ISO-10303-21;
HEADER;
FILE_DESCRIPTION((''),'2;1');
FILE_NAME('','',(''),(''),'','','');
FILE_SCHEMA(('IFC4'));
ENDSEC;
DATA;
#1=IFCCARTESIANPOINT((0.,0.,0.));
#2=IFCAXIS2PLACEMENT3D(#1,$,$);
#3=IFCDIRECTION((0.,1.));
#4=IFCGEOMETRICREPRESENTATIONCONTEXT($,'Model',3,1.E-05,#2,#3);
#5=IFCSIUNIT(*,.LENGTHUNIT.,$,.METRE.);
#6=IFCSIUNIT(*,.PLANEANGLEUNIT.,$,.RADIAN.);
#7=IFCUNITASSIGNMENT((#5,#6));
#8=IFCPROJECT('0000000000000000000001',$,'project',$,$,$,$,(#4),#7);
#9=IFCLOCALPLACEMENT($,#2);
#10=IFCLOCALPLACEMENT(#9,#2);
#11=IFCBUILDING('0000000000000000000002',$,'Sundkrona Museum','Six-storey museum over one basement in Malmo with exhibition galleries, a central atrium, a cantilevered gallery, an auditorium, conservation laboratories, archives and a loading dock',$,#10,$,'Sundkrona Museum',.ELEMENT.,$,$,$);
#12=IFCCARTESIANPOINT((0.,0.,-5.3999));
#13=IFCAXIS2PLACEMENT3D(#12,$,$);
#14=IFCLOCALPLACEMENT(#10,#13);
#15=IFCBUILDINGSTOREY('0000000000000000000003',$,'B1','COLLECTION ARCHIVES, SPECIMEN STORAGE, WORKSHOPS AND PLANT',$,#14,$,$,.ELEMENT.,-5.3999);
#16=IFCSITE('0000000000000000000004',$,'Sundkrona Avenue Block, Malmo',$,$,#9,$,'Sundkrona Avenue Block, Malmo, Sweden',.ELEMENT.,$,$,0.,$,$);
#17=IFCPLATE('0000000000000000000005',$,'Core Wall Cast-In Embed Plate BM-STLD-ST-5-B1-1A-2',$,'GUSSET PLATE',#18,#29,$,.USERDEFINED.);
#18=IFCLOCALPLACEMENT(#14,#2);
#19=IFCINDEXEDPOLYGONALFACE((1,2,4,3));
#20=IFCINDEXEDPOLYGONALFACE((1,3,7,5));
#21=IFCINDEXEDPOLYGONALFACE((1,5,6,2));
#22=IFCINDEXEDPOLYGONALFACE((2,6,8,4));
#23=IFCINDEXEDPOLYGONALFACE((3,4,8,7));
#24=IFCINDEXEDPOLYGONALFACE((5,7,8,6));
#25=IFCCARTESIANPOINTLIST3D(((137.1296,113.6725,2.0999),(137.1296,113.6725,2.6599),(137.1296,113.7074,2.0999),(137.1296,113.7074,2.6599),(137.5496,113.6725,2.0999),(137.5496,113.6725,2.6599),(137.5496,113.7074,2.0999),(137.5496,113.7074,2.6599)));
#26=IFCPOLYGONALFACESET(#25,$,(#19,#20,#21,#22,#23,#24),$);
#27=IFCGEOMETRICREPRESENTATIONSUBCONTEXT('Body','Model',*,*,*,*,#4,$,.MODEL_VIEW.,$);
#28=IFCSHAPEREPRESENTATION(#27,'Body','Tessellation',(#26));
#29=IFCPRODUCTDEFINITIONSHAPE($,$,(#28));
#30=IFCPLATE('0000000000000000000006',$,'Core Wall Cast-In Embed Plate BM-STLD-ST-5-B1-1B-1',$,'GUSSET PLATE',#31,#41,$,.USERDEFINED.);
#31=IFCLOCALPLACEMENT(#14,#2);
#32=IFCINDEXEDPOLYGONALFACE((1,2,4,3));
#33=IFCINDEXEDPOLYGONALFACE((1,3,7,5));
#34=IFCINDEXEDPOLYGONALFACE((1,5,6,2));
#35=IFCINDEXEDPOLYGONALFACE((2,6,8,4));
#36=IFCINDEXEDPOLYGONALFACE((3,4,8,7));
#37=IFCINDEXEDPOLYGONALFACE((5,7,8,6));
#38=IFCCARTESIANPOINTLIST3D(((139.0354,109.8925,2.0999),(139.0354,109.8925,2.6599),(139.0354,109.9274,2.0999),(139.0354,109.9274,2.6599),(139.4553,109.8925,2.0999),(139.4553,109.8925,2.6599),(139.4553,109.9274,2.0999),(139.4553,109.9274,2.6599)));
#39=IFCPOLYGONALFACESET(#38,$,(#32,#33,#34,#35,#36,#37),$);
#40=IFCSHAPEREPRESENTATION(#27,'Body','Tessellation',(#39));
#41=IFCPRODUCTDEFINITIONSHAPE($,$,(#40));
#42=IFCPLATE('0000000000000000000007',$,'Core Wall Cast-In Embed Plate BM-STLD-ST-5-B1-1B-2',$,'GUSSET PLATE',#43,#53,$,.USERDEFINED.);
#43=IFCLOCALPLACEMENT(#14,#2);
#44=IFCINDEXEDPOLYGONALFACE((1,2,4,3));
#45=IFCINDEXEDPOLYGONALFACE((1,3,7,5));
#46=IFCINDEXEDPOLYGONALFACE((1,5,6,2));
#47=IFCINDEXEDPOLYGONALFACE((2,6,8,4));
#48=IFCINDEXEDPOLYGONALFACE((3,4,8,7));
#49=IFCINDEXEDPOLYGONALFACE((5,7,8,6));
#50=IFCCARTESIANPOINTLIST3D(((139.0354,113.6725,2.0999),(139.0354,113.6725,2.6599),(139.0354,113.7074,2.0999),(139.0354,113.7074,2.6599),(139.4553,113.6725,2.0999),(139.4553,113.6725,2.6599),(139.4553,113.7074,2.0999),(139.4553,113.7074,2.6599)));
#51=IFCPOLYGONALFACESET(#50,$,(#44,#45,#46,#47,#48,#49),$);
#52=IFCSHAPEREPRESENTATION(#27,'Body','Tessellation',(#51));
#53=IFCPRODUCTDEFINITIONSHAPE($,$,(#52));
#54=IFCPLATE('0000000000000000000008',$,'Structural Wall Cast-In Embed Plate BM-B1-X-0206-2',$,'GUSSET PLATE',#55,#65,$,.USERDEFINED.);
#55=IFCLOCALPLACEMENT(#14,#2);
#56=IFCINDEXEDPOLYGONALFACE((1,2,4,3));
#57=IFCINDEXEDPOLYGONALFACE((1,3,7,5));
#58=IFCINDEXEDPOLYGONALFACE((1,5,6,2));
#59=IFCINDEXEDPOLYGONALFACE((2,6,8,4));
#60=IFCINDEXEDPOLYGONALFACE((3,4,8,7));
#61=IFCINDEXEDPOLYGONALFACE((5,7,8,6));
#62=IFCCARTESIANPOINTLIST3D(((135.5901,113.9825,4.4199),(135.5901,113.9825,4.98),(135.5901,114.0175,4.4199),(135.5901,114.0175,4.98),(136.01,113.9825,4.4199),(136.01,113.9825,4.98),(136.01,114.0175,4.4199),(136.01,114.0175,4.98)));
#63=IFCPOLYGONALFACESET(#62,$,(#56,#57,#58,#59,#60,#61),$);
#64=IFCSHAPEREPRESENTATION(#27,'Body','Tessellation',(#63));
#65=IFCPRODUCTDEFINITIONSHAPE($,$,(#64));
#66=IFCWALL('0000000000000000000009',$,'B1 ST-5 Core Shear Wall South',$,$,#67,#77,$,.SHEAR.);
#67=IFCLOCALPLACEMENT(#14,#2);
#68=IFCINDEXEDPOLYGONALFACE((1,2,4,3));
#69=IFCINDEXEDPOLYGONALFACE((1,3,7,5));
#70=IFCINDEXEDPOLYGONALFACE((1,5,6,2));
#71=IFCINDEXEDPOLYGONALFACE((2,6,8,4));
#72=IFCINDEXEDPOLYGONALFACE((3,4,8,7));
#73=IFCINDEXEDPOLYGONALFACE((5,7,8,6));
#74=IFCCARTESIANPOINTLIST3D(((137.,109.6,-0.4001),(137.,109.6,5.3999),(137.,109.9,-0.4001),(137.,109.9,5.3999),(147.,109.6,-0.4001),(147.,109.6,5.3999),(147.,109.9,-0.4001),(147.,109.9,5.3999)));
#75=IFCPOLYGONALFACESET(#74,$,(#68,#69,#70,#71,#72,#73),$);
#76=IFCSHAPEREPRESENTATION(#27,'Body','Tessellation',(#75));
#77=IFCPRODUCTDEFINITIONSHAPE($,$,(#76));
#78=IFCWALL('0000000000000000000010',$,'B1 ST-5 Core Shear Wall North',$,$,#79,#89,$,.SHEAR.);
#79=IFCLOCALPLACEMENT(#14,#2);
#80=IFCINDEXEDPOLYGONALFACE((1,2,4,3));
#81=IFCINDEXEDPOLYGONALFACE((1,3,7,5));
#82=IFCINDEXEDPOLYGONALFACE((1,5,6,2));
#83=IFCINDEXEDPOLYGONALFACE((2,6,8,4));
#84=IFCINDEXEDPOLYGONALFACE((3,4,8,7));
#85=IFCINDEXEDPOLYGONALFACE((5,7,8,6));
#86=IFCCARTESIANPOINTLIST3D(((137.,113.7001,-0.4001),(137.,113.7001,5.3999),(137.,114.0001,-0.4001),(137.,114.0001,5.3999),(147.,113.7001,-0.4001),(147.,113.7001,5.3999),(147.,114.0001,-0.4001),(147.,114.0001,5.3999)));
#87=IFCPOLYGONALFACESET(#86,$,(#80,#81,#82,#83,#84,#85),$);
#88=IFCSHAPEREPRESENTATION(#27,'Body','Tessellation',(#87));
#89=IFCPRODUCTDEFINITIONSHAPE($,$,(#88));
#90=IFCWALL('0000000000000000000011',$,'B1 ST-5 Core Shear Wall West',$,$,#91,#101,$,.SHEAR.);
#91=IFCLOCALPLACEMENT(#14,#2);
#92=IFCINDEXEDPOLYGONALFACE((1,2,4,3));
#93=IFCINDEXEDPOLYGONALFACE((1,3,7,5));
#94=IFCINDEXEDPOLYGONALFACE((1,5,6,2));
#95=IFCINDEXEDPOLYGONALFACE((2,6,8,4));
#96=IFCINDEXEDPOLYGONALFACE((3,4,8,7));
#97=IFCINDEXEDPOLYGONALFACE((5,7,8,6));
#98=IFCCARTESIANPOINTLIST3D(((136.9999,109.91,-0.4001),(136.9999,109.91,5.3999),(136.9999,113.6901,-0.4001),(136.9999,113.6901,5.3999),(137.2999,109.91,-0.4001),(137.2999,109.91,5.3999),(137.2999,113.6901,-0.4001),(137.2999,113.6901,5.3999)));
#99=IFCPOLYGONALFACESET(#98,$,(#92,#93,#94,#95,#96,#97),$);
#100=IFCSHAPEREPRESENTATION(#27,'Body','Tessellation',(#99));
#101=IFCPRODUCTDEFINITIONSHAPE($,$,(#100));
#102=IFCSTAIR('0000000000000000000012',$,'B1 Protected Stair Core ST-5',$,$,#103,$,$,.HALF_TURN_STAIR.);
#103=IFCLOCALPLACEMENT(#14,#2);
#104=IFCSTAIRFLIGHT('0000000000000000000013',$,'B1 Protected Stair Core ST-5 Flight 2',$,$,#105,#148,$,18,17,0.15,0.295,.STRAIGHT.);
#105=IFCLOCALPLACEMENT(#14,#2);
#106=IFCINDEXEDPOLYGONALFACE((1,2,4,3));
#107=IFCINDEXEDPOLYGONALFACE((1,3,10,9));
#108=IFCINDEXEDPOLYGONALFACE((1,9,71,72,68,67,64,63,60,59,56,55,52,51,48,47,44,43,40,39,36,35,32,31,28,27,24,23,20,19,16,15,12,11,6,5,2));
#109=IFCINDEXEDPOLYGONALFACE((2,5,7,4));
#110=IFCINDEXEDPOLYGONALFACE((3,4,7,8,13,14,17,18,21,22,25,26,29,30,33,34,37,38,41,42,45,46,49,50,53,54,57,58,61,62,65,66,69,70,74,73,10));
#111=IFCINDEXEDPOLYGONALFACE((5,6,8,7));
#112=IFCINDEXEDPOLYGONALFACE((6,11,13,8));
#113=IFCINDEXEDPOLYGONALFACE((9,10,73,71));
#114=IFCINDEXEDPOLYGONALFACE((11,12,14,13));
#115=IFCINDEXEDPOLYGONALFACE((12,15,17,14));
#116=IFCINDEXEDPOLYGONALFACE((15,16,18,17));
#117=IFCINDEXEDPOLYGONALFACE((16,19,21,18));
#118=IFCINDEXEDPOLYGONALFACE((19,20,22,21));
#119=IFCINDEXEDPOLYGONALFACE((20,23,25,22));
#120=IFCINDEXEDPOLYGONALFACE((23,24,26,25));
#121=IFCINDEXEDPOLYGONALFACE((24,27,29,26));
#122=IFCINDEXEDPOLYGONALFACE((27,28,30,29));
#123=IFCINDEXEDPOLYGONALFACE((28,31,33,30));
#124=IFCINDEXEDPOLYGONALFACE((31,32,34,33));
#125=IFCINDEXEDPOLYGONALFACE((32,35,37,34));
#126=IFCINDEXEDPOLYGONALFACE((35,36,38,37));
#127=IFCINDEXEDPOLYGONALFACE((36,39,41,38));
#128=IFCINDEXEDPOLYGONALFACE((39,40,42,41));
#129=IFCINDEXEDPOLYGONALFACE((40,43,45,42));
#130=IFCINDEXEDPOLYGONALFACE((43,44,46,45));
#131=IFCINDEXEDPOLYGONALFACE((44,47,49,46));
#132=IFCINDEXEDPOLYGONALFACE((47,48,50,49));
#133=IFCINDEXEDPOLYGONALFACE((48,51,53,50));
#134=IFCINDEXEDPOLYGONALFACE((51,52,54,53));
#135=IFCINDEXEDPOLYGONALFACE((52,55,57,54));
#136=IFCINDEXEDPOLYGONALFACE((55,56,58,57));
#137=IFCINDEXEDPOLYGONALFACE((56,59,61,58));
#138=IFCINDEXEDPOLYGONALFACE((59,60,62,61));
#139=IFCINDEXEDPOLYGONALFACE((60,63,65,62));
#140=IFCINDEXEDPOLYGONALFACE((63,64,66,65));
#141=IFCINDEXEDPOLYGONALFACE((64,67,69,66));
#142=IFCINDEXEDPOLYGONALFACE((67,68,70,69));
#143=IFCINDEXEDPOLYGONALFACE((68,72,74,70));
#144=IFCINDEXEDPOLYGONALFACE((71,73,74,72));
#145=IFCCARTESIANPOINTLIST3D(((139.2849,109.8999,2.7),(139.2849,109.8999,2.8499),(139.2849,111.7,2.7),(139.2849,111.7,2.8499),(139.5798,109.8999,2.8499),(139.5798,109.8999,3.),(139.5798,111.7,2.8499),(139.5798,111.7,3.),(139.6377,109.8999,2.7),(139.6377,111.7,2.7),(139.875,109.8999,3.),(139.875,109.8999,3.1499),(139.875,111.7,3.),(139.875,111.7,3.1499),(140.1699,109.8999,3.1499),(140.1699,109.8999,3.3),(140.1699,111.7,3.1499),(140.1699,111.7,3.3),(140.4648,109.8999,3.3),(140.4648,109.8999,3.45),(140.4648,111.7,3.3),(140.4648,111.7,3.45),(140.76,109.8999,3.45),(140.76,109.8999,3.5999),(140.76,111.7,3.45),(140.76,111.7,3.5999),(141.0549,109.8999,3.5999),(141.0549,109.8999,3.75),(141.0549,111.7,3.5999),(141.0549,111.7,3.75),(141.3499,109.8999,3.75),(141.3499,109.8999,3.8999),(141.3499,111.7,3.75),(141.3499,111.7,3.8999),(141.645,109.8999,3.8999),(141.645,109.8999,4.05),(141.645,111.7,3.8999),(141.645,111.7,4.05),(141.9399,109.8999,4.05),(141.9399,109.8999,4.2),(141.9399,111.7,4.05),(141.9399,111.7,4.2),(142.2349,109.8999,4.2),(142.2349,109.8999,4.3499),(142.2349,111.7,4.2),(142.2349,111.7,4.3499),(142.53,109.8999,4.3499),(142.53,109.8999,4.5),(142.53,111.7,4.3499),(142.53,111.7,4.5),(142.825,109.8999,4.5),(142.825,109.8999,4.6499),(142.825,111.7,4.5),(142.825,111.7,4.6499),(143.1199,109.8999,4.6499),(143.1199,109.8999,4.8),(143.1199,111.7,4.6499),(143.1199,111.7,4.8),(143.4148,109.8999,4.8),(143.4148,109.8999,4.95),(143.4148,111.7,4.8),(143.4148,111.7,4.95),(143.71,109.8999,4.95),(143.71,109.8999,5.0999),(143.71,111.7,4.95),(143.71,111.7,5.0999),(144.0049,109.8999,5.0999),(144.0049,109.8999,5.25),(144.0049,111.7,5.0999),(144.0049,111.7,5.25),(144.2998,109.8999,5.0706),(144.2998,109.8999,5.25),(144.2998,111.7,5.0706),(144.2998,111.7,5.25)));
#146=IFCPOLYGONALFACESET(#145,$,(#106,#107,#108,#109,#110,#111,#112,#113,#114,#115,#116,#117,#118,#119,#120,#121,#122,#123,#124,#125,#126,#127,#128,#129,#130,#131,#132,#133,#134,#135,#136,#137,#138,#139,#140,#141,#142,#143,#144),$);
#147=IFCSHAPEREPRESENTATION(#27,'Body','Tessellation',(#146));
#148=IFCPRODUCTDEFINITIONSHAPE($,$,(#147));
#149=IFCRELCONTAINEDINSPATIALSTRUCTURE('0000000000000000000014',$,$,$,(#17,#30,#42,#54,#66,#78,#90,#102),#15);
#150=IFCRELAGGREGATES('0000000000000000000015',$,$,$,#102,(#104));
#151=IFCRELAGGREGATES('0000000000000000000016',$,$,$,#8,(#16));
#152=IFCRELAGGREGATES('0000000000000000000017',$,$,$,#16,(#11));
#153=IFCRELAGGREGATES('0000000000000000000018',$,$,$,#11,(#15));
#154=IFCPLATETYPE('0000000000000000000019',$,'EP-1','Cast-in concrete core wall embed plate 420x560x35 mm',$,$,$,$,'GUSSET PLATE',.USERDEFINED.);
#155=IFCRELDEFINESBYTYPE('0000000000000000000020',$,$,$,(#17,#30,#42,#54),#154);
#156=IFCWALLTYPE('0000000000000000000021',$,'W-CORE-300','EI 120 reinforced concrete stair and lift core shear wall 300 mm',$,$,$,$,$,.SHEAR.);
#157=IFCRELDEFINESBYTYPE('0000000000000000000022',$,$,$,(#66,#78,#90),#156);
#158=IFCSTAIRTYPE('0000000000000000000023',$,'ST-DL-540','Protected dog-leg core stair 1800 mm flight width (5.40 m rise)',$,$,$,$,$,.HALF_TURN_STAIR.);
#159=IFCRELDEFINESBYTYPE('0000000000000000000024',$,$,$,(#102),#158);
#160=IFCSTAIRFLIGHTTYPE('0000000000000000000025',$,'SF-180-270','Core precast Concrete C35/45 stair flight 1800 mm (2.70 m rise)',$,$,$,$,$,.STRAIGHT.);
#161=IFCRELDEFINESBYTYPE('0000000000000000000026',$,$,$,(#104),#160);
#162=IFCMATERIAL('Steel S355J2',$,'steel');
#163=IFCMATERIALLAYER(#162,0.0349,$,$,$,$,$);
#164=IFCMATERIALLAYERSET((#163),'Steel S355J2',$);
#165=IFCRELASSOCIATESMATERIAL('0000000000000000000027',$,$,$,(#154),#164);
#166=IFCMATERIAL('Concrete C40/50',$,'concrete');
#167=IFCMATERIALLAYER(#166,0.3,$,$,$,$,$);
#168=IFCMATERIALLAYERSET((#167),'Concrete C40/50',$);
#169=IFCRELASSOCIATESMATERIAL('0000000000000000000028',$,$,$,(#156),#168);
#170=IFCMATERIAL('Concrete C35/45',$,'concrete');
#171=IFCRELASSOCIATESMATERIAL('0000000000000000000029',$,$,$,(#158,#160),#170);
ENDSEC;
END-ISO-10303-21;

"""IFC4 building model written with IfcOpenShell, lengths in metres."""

from ifc_helpers import new_model, si_unit, direction, frame, frame_2d, origin, origin_2d, place, context, subcontext, project, spatial, polyline, rectangle, outline, extrude, material, layer, layer_set, type_object, element, aggregate, save


model = new_model("IFC4")

# Units and contexts
model_context = context("Model", 3, precision=1e-05, world=origin(), true_north=direction((0.0, 1.0)))
body_context = subcontext(model_context, "Body", "Model", "MODEL_VIEW")
ifc_project = project(units=[si_unit("LENGTHUNIT", "METRE"), si_unit("PLANEANGLEUNIT", "RADIAN")], contexts=[model_context])

# Site, building, storey
site_placement = place(None, origin())
site = spatial("IfcSite", under=ifc_project, at=site_placement, Name="Sundkrona Avenue Block, Malmo", LongName="Sundkrona Avenue Block, Malmo, Sweden", CompositionType="ELEMENT", RefElevation=0.0)
building_placement = place(site_placement, origin())
building = spatial("IfcBuilding", under=site, at=building_placement, Name="Sundkrona Museum", Description="Six-storey museum over one basement in Malmo with exhibition galleries, a central atrium, a cantilevered gallery, an auditorium, conservation laboratories, archives and a loading dock", LongName="Sundkrona Museum", CompositionType="ELEMENT")
storey_placement = place(building_placement, frame((0.0, 0.0, -5.3999)))
storey = spatial("IfcBuildingStorey", under=building, at=storey_placement, Name="B1", Description="COLLECTION ARCHIVES, SPECIMEN STORAGE, WORKSHOPS AND PLANT", CompositionType="ELEMENT", Elevation=-5.3999)

# Shared definitions
ifc_material_1 = material(Name="Concrete C40/50", Category="concrete")

# Shared definitions
ifc_material_2 = material(Name="Steel S355J2", Category="steel")

# Plates
ifc_layer_1 = layer(ifc_material_2, 0.0349)
ifc_layer_set_1 = layer_set([ifc_layer_1], Name="Steel S355J2")
plate_type = type_object("IfcPlateType", Name="EP-1", Description="Cast-in concrete core wall embed plate 420x560x35 mm", ElementType="GUSSET PLATE", PredefinedType="USERDEFINED", material=ifc_layer_set_1)
for number, where, z_axis, x_axis, name in (
    (1, (137.3396, 113.6899, 2.0999), (0.0, 0.0, 1.0), (1.0, 0.0, 0.0), "Core Wall Cast-In Embed Plate BM-STLD-ST-5-B1-1A-2"),
    (2, (139.2454, 109.9099, 2.0999), (0.0, 0.0, 1.0), (1.0, 0.0, 0.0), "Core Wall Cast-In Embed Plate BM-STLD-ST-5-B1-1B-1"),
    (3, (139.2454, 113.6899, 2.0999), (0.0, 0.0, 1.0), (1.0, 0.0, 0.0), "Core Wall Cast-In Embed Plate BM-STLD-ST-5-B1-1B-2"),
    (4, (135.8, 114.0, 4.4199), (0.0, 0.0, 1.0), (1.0, 0.0, 0.0), "Structural Wall Cast-In Embed Plate BM-B1-X-0206-2"),
):
    element("IfcPlate", number, at=place(storey_placement, frame(where, z_axis=z_axis, x_axis=x_axis)), inside=storey, type_object=plate_type, Name=name, ObjectType="GUSSET PLATE", PredefinedType="USERDEFINED", context=body_context, shape_type="SweptSolid", body=[
        extrude(rectangle(XDim=0.4199, YDim=0.0349, at=origin_2d()), origin(), (0.0, 0.0, 1.0), 0.5601),
    ])

# Walls
ifc_layer_2 = layer(ifc_material_1, 0.3)
ifc_layer_set_2 = layer_set([ifc_layer_2], Name="Concrete C40/50")
wall_type = type_object("IfcWallType", Name="W-CORE-300", Description="EI 120 reinforced concrete stair and lift core shear wall 300 mm", PredefinedType="SHEAR", material=ifc_layer_set_2)
for number, where, z_axis, x_axis, name in (
    (5, (137.0, 109.75, -0.4001), (0.0, 0.0, 1.0), (1.0, 0.0, 0.0), "B1 ST-5 Core Shear Wall South"),
    (6, (137.0, 113.8501, -0.4001), (0.0, 0.0, 1.0), (1.0, 0.0, 0.0), "B1 ST-5 Core Shear Wall North"),
):
    element("IfcWall", number, at=place(storey_placement, frame(where, z_axis=z_axis, x_axis=x_axis)), inside=storey, type_object=wall_type, Name=name, PredefinedType="SHEAR", context=body_context, shape_type="SweptSolid", body=[
        extrude(rectangle(XDim=10.0, YDim=0.3, at=frame_2d((5.0, 0.0))), origin(), (0.0, 0.0, 1.0), 5.8),
    ])
wall_placement = place(storey_placement, frame((137.1499, 109.9099, -0.4001), z_axis=(0.0, 0.0, 1.0), x_axis=(0.0, 1.0, 0.0)))
element("IfcWall", 7, at=wall_placement, inside=storey, type_object=wall_type, Name="B1 ST-5 Core Shear Wall West", PredefinedType="SHEAR", context=body_context, shape_type="SweptSolid", body=[
    extrude(rectangle(XDim=3.78, YDim=0.3, at=frame_2d((1.8901, 0.0))), origin(), (0.0, 0.0, 1.0), 5.8),
])

# Stair, stair flight
ifc_material_3 = material(Name="Concrete C35/45", Category="concrete")
stair_type = type_object("IfcStairType", Name="ST-DL-540", Description="Protected dog-leg core stair 1800 mm flight width (5.40 m rise)", PredefinedType="HALF_TURN_STAIR", material=ifc_material_3)
stair_placement = place(storey_placement, origin())
stair = element("IfcStair", 8, at=stair_placement, inside=storey, type_object=stair_type, Name="B1 Protected Stair Core ST-5", PredefinedType="HALF_TURN_STAIR")
stair_flight_type = type_object("IfcStairFlightType", Name="SF-180-270", Description="Core precast Concrete C35/45 stair flight 1800 mm (2.70 m rise)", PredefinedType="STRAIGHT", material=ifc_material_3)
stair_flight_placement = place(storey_placement, frame((139.2849, 110.8, 2.7), z_axis=(0.0, 0.0, 1.0), x_axis=(1.0, 0.0, 0.0)))
stair_flight = element("IfcStairFlight", 9, at=stair_flight_placement, type_object=stair_flight_type, Name="B1 Protected Stair Core ST-5 Flight 2", NumberOfRisers=18, NumberOfTreads=17, PredefinedType="STRAIGHT", RiserHeight=0.15, TreadLength=0.295, context=body_context, shape_type="SweptSolid", body=[
    extrude(outline(polyline([(0.0, 0.0), (0.0, 0.1499), (0.2949, 0.1499), (0.2949, 0.3), (0.5901, 0.3), (0.5901, 0.45), (0.885, 0.45), (0.885, 0.6001), (1.1799, 0.6001), (1.1799, 0.75), (1.4751, 0.75), (1.4751, 0.8999), (1.77, 0.8999), (1.77, 1.05), (2.0649, 1.05), (2.0649, 1.2), (2.3601, 1.2), (2.3601, 1.3501), (2.655, 1.3501), (2.655, 1.5), (2.95, 1.5), (2.95, 1.6499), (3.2451, 1.6499), (3.2451, 1.8), (3.54, 1.8), (3.54, 1.95), (3.835, 1.95), (3.835, 2.1001), (4.1299, 2.1001), (4.1299, 2.25), (4.425, 2.25), (4.425, 2.3999), (4.72, 2.3999), (4.72, 2.55), (5.0149, 2.55), (5.0149, 2.7), (5.0149, 2.3706), (0.3528, 0.0), (0.0, 0.0)])), frame((0.0, 0.8999, 0.0), z_axis=(0.0, -1.0, 0.0), x_axis=(1.0, 0.0, 0.0)), (0.0, 0.0, 1.0), 1.8),
])
aggregate(stair, [stair_flight])

save(model, "model.ifc")
